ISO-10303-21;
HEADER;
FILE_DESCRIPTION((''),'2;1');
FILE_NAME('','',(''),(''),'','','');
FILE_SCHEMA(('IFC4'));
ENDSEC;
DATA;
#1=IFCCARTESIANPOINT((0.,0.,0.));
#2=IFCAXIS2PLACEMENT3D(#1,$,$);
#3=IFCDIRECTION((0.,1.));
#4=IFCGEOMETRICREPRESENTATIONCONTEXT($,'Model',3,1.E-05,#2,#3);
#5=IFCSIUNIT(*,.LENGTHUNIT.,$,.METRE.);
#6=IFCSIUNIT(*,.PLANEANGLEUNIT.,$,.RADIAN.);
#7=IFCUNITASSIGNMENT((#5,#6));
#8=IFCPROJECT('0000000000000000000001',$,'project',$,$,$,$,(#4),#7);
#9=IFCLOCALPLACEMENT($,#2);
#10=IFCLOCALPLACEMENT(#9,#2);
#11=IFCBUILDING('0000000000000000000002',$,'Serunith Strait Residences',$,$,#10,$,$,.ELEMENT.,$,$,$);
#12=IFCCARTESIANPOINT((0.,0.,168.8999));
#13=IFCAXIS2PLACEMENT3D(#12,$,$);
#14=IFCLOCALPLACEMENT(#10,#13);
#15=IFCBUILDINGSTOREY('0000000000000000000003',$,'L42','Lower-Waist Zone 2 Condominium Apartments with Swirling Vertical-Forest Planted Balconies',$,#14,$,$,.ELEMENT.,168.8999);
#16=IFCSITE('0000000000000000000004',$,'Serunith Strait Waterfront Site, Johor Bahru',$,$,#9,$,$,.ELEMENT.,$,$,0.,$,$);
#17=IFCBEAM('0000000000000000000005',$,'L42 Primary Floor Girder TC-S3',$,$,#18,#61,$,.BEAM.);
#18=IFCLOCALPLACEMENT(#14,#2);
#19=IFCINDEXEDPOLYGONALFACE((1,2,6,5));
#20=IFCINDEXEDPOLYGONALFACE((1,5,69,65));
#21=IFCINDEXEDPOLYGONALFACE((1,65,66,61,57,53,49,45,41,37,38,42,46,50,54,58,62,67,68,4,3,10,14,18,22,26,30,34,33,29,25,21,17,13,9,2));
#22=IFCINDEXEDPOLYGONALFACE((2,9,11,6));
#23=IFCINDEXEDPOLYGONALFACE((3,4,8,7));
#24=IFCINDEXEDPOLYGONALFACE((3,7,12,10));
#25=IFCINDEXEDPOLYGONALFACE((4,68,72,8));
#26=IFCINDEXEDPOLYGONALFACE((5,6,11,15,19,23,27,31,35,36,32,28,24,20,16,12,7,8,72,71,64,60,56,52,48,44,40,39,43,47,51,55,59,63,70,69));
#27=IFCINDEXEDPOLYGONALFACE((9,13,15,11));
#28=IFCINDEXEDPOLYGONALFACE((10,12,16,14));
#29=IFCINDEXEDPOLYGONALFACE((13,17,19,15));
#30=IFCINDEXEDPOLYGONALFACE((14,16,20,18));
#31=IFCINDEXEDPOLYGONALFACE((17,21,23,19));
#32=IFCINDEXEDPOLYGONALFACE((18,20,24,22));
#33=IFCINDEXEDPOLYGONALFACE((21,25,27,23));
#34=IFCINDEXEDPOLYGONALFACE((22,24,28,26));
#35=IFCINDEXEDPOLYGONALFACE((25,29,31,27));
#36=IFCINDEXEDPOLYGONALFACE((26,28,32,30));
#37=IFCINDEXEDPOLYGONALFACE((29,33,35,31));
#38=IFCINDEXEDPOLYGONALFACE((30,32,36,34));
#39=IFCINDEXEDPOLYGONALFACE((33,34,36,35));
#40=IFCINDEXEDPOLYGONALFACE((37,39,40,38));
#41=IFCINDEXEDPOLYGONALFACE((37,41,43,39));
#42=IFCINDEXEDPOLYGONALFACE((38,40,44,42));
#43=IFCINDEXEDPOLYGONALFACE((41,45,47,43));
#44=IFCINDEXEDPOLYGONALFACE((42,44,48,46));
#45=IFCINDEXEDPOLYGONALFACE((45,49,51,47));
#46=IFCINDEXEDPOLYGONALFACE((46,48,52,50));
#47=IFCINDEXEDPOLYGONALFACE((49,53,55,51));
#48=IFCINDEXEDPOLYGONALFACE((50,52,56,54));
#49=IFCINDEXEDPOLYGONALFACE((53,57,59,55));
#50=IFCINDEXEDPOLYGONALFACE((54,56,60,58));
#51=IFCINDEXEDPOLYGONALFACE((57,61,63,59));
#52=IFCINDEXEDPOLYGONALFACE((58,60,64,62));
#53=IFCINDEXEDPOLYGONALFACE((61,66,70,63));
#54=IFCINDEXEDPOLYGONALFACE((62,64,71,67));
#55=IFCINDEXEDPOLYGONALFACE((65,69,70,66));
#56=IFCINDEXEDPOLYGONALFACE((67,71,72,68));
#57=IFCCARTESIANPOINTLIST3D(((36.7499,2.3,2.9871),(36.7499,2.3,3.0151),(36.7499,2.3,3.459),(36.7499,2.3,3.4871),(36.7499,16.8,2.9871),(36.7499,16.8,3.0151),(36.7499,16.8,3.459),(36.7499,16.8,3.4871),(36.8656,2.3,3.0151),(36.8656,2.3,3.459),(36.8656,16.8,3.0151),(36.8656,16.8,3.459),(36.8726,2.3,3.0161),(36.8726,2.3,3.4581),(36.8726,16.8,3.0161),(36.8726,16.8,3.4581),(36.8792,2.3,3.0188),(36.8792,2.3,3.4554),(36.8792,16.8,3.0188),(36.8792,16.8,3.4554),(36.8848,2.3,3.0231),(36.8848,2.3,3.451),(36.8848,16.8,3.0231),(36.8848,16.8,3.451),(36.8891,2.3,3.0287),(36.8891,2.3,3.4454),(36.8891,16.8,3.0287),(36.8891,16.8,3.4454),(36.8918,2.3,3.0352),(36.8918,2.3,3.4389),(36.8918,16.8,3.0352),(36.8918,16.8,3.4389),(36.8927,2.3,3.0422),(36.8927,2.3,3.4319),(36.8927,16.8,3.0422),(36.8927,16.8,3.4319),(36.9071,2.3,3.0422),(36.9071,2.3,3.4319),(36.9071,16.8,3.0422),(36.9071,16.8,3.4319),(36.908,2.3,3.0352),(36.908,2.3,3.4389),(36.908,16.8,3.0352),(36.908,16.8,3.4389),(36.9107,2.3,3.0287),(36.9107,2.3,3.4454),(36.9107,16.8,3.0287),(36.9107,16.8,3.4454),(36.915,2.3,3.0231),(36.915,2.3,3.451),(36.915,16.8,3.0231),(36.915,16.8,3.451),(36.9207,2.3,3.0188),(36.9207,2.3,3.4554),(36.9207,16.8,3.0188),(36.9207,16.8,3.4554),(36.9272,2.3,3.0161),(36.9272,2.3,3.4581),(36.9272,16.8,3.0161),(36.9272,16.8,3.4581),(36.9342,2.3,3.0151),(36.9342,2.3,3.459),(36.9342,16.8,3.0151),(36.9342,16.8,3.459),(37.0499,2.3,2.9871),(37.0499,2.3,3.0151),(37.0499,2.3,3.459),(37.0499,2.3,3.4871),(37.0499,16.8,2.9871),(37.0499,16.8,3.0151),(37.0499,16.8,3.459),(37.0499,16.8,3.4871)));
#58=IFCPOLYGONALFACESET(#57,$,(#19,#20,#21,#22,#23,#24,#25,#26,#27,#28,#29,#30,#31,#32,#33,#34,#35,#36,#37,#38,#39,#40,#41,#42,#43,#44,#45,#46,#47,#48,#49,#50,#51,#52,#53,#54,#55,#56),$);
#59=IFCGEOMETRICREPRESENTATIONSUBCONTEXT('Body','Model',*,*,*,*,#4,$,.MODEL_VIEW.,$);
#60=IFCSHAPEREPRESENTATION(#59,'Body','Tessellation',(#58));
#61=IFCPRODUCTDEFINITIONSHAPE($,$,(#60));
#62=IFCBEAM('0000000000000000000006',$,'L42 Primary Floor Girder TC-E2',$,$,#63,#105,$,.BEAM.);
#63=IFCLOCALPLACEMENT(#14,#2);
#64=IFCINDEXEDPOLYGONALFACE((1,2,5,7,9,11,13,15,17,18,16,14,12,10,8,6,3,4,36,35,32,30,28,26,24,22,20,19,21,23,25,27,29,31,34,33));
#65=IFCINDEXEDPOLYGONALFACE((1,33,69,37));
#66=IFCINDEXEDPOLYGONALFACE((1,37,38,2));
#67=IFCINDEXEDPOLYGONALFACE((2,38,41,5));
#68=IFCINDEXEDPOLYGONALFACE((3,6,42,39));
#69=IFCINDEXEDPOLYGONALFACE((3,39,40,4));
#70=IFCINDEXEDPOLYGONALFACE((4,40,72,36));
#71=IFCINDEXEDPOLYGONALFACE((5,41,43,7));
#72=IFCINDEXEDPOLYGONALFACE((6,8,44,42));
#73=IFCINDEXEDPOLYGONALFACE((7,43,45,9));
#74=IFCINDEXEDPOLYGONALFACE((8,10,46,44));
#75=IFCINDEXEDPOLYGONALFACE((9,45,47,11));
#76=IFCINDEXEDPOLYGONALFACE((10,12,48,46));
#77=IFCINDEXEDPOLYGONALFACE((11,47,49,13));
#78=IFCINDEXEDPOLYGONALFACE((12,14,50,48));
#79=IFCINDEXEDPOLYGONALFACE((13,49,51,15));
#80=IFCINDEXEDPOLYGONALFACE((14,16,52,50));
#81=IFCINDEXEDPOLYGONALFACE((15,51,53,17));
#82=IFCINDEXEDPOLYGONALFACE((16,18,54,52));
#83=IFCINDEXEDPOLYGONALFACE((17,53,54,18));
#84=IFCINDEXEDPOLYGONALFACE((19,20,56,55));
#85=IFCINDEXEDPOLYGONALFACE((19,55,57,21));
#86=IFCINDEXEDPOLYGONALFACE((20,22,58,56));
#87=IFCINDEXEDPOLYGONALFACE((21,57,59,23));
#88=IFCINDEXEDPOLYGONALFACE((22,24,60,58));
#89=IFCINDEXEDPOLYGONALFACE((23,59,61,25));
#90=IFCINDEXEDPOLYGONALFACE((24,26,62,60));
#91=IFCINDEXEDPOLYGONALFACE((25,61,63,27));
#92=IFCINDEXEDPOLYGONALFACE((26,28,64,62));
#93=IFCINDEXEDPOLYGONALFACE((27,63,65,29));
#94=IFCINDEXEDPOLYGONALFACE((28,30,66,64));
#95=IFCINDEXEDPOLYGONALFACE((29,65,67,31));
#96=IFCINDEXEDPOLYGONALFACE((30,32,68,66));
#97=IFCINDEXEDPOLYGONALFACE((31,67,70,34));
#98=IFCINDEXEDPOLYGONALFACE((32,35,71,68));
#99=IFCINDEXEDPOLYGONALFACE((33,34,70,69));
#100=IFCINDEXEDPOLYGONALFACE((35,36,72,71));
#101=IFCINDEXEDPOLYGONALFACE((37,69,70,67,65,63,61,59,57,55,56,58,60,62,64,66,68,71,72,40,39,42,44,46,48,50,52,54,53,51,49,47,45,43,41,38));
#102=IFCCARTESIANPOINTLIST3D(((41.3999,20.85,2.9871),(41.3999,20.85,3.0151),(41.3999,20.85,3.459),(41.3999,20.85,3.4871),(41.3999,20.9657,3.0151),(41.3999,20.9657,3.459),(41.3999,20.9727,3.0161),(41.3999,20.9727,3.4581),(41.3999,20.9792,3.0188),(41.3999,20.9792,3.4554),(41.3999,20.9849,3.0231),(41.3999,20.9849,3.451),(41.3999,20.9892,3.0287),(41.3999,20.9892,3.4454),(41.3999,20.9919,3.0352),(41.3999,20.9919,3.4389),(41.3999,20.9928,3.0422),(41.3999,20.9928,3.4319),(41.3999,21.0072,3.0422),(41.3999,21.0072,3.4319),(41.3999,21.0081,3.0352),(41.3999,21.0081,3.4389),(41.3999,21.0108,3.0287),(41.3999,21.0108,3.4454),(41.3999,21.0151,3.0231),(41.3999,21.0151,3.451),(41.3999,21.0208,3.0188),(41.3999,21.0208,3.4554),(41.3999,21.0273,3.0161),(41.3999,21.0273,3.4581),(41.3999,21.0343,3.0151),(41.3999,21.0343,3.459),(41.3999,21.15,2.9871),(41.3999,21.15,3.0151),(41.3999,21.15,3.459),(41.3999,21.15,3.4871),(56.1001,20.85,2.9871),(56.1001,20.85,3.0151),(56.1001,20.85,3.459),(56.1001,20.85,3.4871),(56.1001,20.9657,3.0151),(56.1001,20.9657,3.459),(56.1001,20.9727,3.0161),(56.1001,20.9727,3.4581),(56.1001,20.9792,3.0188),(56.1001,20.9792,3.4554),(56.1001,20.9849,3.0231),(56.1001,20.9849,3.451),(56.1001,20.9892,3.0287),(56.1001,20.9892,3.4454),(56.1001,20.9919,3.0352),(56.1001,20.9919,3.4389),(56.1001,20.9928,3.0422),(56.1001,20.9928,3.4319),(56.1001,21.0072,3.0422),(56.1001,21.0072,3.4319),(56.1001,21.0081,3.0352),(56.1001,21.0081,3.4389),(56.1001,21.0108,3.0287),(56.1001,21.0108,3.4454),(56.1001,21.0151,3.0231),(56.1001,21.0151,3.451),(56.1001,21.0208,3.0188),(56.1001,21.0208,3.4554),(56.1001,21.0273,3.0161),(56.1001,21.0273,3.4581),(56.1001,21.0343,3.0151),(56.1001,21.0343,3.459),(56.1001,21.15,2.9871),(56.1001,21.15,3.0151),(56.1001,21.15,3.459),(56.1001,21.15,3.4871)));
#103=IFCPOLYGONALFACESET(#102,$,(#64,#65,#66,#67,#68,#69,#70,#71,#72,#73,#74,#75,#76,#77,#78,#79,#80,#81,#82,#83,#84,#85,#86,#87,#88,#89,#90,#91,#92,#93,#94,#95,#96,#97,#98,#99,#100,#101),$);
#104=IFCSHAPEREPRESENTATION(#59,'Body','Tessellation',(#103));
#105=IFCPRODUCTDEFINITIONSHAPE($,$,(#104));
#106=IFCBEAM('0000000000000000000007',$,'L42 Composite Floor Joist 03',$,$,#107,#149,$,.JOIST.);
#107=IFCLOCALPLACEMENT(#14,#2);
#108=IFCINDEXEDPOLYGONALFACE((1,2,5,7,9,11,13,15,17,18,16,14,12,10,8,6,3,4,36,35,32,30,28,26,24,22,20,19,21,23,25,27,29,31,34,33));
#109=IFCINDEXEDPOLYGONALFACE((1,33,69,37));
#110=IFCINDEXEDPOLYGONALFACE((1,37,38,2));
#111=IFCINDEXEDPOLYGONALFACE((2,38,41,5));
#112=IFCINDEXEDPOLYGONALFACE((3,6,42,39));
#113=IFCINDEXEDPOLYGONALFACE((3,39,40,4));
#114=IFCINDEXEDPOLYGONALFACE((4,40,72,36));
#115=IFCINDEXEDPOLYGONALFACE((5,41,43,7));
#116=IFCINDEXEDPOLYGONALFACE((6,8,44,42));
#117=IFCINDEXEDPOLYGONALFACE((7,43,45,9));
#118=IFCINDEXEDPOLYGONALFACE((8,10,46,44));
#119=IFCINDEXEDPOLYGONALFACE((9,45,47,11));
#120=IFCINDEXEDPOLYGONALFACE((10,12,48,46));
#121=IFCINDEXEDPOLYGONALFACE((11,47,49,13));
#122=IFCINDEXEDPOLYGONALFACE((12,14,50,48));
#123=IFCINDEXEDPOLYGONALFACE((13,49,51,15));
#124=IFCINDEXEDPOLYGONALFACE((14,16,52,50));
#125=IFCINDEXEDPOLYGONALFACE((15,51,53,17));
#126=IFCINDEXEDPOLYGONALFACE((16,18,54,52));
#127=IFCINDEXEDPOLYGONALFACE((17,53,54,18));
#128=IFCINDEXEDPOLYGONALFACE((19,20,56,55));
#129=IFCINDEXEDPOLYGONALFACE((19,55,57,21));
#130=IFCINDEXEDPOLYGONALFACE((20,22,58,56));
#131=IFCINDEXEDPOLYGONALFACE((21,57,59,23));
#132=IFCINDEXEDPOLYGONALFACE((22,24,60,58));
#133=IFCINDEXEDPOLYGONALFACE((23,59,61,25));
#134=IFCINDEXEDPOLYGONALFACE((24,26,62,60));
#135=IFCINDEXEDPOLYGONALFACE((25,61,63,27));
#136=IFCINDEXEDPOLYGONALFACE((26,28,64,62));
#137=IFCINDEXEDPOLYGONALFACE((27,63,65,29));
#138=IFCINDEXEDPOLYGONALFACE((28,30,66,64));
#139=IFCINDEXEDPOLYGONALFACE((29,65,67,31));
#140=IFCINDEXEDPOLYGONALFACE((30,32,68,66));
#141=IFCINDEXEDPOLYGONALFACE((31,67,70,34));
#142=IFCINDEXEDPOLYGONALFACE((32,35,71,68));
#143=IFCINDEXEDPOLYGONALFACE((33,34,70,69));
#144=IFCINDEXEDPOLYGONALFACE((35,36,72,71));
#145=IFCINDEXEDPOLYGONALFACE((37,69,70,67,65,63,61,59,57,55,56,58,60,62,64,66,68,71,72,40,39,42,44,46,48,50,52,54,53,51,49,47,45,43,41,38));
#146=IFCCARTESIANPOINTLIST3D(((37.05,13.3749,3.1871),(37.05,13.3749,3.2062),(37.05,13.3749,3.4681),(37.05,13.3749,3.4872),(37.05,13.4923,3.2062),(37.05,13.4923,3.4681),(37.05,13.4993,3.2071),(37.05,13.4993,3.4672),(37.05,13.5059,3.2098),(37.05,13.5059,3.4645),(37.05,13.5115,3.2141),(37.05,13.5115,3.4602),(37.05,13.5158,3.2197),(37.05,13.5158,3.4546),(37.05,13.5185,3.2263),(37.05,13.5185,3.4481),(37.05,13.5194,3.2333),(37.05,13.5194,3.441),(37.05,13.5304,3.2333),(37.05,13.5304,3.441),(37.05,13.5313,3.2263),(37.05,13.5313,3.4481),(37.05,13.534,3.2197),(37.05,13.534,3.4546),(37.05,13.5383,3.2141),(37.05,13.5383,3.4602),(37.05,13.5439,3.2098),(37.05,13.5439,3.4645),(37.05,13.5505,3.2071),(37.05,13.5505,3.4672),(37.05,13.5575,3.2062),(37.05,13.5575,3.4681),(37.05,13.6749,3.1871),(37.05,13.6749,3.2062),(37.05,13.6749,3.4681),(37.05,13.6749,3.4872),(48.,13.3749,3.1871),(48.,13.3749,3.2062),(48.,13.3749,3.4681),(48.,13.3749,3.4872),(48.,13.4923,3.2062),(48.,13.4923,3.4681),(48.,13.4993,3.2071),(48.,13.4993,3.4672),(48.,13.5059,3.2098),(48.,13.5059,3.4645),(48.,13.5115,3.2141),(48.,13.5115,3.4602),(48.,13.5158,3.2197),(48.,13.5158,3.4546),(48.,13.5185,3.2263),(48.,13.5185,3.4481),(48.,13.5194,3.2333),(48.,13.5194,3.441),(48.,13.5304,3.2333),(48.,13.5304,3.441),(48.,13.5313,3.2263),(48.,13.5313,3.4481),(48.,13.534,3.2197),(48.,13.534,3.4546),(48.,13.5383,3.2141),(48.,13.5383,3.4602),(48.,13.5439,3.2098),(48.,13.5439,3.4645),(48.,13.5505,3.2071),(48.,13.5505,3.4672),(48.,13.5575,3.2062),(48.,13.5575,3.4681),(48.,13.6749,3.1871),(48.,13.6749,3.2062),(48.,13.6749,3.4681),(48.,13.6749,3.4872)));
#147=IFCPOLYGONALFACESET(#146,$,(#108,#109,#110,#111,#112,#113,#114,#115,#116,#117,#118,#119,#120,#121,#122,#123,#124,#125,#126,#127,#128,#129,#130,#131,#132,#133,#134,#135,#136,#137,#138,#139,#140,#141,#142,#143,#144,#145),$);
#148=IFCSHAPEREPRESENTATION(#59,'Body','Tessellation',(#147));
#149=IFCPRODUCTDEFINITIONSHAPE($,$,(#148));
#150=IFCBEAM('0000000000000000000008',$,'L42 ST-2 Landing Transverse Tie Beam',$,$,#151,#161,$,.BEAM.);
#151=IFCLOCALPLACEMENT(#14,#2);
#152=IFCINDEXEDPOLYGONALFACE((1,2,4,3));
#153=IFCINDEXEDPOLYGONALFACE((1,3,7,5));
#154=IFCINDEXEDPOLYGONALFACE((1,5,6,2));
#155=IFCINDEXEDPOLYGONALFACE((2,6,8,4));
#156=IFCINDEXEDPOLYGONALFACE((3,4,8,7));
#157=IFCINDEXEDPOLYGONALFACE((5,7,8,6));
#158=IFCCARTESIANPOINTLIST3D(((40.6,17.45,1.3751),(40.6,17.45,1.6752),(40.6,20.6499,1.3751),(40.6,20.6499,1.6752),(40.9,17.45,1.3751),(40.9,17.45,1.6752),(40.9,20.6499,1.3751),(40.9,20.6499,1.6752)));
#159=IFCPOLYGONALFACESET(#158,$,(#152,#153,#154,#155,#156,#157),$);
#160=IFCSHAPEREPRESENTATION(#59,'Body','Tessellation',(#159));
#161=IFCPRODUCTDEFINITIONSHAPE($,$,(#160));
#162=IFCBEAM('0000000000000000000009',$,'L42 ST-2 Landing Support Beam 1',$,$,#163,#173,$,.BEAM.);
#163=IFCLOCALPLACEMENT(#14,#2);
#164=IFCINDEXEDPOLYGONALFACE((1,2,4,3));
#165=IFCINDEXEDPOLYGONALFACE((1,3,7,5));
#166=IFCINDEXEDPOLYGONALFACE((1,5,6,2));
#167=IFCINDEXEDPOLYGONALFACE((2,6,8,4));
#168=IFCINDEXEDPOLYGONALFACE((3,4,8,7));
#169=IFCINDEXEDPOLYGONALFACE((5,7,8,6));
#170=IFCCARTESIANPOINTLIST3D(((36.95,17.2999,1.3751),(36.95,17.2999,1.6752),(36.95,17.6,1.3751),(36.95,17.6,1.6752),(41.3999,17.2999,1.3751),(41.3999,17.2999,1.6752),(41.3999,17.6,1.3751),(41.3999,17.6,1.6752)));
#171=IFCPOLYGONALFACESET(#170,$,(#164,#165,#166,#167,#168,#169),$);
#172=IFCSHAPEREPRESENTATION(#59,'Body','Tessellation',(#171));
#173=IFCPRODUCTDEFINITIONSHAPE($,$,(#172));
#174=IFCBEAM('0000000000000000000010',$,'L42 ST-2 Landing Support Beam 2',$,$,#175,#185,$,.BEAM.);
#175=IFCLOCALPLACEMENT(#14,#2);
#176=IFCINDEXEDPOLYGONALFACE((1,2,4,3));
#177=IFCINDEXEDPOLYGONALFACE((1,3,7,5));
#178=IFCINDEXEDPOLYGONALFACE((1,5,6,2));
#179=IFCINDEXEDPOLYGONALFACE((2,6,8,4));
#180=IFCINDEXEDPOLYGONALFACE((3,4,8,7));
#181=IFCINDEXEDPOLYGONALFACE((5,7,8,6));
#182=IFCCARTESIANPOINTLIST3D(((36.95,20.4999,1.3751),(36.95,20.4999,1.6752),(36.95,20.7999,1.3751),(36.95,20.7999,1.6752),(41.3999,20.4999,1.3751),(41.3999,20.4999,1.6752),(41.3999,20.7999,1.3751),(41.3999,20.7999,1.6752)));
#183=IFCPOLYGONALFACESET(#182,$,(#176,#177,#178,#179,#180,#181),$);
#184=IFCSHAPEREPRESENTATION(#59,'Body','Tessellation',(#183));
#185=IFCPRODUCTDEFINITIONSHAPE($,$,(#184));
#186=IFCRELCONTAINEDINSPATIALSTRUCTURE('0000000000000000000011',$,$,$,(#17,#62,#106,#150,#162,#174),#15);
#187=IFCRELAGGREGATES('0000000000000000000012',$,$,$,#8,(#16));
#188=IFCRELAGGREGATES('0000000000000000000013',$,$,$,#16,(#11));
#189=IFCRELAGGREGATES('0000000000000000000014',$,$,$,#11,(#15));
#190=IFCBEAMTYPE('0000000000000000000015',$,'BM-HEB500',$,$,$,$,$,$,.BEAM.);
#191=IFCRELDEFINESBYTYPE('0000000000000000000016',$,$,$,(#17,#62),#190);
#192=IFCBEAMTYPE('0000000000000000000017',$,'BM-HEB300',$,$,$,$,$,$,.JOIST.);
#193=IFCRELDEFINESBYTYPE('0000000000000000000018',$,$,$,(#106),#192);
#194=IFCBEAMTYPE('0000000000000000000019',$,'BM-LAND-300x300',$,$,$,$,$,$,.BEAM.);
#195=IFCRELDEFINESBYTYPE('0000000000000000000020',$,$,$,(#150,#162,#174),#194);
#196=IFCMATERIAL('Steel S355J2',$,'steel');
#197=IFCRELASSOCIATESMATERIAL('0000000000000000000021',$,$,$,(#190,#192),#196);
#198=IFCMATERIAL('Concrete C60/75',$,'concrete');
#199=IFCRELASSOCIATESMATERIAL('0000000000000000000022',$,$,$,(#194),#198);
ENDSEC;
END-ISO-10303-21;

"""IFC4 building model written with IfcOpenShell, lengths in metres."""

from ifc_helpers import new_model, si_unit, direction, frame, origin, origin_2d, place, context, subcontext, project, spatial, rectangle, i_section, extrude, source, transform, mapped, material, material_profile, profile_set, type_object, element, save


model = new_model("IFC4")

# Units and contexts
model_context = context("Model", 3, precision=1e-05, world=origin(), true_north=direction((0.0, 1.0)))
body_context = subcontext(model_context, "Body", "Model", "MODEL_VIEW")
ifc_project = project(units=[si_unit("LENGTHUNIT", "METRE"), si_unit("PLANEANGLEUNIT", "RADIAN")], contexts=[model_context])

# Site, building, storey
site_placement = place(None, origin())
site = spatial("IfcSite", under=ifc_project, at=site_placement, Name="Serunith Strait Waterfront Site, Johor Bahru", CompositionType="ELEMENT", RefElevation=0.0)
building_placement = place(site_placement, origin())
building = spatial("IfcBuilding", under=site, at=building_placement, Name="Serunith Strait Residences", CompositionType="ELEMENT")
storey_placement = place(building_placement, frame((0.0, 0.0, 168.8999)))
storey = spatial("IfcBuildingStorey", under=building, at=storey_placement, Name="L42", Description="Lower-Waist Zone 2 Condominium Apartments with Swirling Vertical-Forest Planted Balconies", CompositionType="ELEMENT", Elevation=168.8999)

# Beams
ifc_material_1 = material(Name="Steel S355J2", Category="steel")
ifc_material_profile_1 = material_profile(ifc_material_1, i_section(OverallWidth=0.3, OverallDepth=0.5, WebThickness=0.0144, FlangeThickness=0.0281, FilletRadius=0.0271, at=origin_2d()), Name="HEB 500")
ifc_profile_set_1 = profile_set([ifc_material_profile_1], Name="Steel S355J2")
beam_type_1 = type_object("IfcBeamType", Name="BM-HEB500", PredefinedType="BEAM", material=ifc_profile_set_1)
shared_shape_1 = source(origin(), body_context, "Body", "SweptSolid", [
    extrude(i_section(OverallWidth=0.3, OverallDepth=0.5, WebThickness=0.0144, FlangeThickness=0.0281, FilletRadius=0.0271, at=origin_2d()), origin(), (0.0, 0.0, 1.0), 14.5),
])
beam_1_placement = place(storey_placement, frame((36.8999, 16.8, 3.2371), z_axis=(0.0, -1.0, 0.0), x_axis=(1.0, 0.0, 0.0)))
element("IfcBeam", 1, at=beam_1_placement, inside=storey, type_object=beam_type_1, Name="L42 Primary Floor Girder TC-S3", PredefinedType="BEAM", context=body_context, shape_type="MappedRepresentation", body=[
    mapped(shared_shape_1, transform((0.0, 0.0, 0.0), scale=1.0)),
])
shared_shape_2 = source(origin(), body_context, "Body", "SweptSolid", [
    extrude(i_section(OverallWidth=0.3, OverallDepth=0.5, WebThickness=0.0144, FlangeThickness=0.0281, FilletRadius=0.0271, at=origin_2d()), origin(), (0.0, 0.0, 1.0), 14.7002),
])
beam_2_placement = place(storey_placement, frame((41.3999, 21.0, 3.2371), z_axis=(1.0, 0.0, 0.0), x_axis=(0.0, 1.0, 0.0)))
element("IfcBeam", 2, at=beam_2_placement, inside=storey, type_object=beam_type_1, Name="L42 Primary Floor Girder TC-E2", PredefinedType="BEAM", context=body_context, shape_type="MappedRepresentation", body=[
    mapped(shared_shape_2, transform((0.0, 0.0, 0.0), scale=1.0)),
])
ifc_material_profile_2 = material_profile(ifc_material_1, i_section(OverallWidth=0.3, OverallDepth=0.3, WebThickness=0.011, FlangeThickness=0.019, FilletRadius=0.0271, at=origin_2d()), Name="HEB 300")
ifc_profile_set_2 = profile_set([ifc_material_profile_2], Name="Steel S355J2")
beam_type_2 = type_object("IfcBeamType", Name="BM-HEB300", PredefinedType="JOIST", material=ifc_profile_set_2)
shared_shape_3 = source(origin(), body_context, "Body", "SweptSolid", [
    extrude(i_section(OverallWidth=0.3, OverallDepth=0.3, WebThickness=0.011, FlangeThickness=0.019, FilletRadius=0.0271, at=origin_2d()), origin(), (0.0, 0.0, 1.0), 10.95),
])
beam_3_placement = place(storey_placement, frame((37.05, 13.5249, 3.3372), z_axis=(1.0, 0.0, 0.0), x_axis=(0.0, 1.0, 0.0)))
element("IfcBeam", 3, at=beam_3_placement, inside=storey, type_object=beam_type_2, Name="L42 Composite Floor Joist 03", PredefinedType="JOIST", context=body_context, shape_type="MappedRepresentation", body=[
    mapped(shared_shape_3, transform((0.0, 0.0, 0.0), scale=1.0)),
])
ifc_material_2 = material(Name="Concrete C60/75", Category="concrete")
ifc_material_profile_3 = material_profile(ifc_material_2, rectangle(XDim=0.3, YDim=0.3, at=origin_2d()), Name="RC 300x300")
ifc_profile_set_3 = profile_set([ifc_material_profile_3], Name="Concrete C60/75")
beam_type_3 = type_object("IfcBeamType", Name="BM-LAND-300x300", PredefinedType="BEAM", material=ifc_profile_set_3)
shared_shape_4 = source(origin(), body_context, "Body", "SweptSolid", [
    extrude(rectangle(XDim=0.3, YDim=0.3, at=origin_2d()), origin(), (0.0, 0.0, 1.0), 3.2),
])
beam_4_placement = place(storey_placement, frame((40.75, 17.45, 1.5251), z_axis=(0.0, 1.0, 0.0), x_axis=(-1.0, 0.0, 0.0)))
element("IfcBeam", 4, at=beam_4_placement, inside=storey, type_object=beam_type_3, Name="L42 ST-2 Landing Transverse Tie Beam", PredefinedType="BEAM", context=body_context, shape_type="MappedRepresentation", body=[
    mapped(shared_shape_4, transform((0.0, 0.0, 0.0), scale=1.0)),
])
shared_shape_5 = source(origin(), body_context, "Body", "SweptSolid", [
    extrude(rectangle(XDim=0.3, YDim=0.3, at=origin_2d()), origin(), (0.0, 0.0, 1.0), 4.45),
])
for number, where, z_axis, x_axis, name in (
    (5, (36.95, 17.45, 1.5251), (1.0, 0.0, 0.0), (0.0, 1.0, 0.0), "L42 ST-2 Landing Support Beam 1"),
    (6, (36.95, 20.6499, 1.5251), (1.0, 0.0, 0.0), (0.0, 1.0, 0.0), "L42 ST-2 Landing Support Beam 2"),
):
    element("IfcBeam", number, at=place(storey_placement, frame(where, z_axis=z_axis, x_axis=x_axis)), inside=storey, type_object=beam_type_3, Name=name, PredefinedType="BEAM", context=body_context, shape_type="MappedRepresentation", body=[
        mapped(shared_shape_5, transform((0.0, 0.0, 0.0), scale=1.0)),
    ])

save(model, "model.ifc")
